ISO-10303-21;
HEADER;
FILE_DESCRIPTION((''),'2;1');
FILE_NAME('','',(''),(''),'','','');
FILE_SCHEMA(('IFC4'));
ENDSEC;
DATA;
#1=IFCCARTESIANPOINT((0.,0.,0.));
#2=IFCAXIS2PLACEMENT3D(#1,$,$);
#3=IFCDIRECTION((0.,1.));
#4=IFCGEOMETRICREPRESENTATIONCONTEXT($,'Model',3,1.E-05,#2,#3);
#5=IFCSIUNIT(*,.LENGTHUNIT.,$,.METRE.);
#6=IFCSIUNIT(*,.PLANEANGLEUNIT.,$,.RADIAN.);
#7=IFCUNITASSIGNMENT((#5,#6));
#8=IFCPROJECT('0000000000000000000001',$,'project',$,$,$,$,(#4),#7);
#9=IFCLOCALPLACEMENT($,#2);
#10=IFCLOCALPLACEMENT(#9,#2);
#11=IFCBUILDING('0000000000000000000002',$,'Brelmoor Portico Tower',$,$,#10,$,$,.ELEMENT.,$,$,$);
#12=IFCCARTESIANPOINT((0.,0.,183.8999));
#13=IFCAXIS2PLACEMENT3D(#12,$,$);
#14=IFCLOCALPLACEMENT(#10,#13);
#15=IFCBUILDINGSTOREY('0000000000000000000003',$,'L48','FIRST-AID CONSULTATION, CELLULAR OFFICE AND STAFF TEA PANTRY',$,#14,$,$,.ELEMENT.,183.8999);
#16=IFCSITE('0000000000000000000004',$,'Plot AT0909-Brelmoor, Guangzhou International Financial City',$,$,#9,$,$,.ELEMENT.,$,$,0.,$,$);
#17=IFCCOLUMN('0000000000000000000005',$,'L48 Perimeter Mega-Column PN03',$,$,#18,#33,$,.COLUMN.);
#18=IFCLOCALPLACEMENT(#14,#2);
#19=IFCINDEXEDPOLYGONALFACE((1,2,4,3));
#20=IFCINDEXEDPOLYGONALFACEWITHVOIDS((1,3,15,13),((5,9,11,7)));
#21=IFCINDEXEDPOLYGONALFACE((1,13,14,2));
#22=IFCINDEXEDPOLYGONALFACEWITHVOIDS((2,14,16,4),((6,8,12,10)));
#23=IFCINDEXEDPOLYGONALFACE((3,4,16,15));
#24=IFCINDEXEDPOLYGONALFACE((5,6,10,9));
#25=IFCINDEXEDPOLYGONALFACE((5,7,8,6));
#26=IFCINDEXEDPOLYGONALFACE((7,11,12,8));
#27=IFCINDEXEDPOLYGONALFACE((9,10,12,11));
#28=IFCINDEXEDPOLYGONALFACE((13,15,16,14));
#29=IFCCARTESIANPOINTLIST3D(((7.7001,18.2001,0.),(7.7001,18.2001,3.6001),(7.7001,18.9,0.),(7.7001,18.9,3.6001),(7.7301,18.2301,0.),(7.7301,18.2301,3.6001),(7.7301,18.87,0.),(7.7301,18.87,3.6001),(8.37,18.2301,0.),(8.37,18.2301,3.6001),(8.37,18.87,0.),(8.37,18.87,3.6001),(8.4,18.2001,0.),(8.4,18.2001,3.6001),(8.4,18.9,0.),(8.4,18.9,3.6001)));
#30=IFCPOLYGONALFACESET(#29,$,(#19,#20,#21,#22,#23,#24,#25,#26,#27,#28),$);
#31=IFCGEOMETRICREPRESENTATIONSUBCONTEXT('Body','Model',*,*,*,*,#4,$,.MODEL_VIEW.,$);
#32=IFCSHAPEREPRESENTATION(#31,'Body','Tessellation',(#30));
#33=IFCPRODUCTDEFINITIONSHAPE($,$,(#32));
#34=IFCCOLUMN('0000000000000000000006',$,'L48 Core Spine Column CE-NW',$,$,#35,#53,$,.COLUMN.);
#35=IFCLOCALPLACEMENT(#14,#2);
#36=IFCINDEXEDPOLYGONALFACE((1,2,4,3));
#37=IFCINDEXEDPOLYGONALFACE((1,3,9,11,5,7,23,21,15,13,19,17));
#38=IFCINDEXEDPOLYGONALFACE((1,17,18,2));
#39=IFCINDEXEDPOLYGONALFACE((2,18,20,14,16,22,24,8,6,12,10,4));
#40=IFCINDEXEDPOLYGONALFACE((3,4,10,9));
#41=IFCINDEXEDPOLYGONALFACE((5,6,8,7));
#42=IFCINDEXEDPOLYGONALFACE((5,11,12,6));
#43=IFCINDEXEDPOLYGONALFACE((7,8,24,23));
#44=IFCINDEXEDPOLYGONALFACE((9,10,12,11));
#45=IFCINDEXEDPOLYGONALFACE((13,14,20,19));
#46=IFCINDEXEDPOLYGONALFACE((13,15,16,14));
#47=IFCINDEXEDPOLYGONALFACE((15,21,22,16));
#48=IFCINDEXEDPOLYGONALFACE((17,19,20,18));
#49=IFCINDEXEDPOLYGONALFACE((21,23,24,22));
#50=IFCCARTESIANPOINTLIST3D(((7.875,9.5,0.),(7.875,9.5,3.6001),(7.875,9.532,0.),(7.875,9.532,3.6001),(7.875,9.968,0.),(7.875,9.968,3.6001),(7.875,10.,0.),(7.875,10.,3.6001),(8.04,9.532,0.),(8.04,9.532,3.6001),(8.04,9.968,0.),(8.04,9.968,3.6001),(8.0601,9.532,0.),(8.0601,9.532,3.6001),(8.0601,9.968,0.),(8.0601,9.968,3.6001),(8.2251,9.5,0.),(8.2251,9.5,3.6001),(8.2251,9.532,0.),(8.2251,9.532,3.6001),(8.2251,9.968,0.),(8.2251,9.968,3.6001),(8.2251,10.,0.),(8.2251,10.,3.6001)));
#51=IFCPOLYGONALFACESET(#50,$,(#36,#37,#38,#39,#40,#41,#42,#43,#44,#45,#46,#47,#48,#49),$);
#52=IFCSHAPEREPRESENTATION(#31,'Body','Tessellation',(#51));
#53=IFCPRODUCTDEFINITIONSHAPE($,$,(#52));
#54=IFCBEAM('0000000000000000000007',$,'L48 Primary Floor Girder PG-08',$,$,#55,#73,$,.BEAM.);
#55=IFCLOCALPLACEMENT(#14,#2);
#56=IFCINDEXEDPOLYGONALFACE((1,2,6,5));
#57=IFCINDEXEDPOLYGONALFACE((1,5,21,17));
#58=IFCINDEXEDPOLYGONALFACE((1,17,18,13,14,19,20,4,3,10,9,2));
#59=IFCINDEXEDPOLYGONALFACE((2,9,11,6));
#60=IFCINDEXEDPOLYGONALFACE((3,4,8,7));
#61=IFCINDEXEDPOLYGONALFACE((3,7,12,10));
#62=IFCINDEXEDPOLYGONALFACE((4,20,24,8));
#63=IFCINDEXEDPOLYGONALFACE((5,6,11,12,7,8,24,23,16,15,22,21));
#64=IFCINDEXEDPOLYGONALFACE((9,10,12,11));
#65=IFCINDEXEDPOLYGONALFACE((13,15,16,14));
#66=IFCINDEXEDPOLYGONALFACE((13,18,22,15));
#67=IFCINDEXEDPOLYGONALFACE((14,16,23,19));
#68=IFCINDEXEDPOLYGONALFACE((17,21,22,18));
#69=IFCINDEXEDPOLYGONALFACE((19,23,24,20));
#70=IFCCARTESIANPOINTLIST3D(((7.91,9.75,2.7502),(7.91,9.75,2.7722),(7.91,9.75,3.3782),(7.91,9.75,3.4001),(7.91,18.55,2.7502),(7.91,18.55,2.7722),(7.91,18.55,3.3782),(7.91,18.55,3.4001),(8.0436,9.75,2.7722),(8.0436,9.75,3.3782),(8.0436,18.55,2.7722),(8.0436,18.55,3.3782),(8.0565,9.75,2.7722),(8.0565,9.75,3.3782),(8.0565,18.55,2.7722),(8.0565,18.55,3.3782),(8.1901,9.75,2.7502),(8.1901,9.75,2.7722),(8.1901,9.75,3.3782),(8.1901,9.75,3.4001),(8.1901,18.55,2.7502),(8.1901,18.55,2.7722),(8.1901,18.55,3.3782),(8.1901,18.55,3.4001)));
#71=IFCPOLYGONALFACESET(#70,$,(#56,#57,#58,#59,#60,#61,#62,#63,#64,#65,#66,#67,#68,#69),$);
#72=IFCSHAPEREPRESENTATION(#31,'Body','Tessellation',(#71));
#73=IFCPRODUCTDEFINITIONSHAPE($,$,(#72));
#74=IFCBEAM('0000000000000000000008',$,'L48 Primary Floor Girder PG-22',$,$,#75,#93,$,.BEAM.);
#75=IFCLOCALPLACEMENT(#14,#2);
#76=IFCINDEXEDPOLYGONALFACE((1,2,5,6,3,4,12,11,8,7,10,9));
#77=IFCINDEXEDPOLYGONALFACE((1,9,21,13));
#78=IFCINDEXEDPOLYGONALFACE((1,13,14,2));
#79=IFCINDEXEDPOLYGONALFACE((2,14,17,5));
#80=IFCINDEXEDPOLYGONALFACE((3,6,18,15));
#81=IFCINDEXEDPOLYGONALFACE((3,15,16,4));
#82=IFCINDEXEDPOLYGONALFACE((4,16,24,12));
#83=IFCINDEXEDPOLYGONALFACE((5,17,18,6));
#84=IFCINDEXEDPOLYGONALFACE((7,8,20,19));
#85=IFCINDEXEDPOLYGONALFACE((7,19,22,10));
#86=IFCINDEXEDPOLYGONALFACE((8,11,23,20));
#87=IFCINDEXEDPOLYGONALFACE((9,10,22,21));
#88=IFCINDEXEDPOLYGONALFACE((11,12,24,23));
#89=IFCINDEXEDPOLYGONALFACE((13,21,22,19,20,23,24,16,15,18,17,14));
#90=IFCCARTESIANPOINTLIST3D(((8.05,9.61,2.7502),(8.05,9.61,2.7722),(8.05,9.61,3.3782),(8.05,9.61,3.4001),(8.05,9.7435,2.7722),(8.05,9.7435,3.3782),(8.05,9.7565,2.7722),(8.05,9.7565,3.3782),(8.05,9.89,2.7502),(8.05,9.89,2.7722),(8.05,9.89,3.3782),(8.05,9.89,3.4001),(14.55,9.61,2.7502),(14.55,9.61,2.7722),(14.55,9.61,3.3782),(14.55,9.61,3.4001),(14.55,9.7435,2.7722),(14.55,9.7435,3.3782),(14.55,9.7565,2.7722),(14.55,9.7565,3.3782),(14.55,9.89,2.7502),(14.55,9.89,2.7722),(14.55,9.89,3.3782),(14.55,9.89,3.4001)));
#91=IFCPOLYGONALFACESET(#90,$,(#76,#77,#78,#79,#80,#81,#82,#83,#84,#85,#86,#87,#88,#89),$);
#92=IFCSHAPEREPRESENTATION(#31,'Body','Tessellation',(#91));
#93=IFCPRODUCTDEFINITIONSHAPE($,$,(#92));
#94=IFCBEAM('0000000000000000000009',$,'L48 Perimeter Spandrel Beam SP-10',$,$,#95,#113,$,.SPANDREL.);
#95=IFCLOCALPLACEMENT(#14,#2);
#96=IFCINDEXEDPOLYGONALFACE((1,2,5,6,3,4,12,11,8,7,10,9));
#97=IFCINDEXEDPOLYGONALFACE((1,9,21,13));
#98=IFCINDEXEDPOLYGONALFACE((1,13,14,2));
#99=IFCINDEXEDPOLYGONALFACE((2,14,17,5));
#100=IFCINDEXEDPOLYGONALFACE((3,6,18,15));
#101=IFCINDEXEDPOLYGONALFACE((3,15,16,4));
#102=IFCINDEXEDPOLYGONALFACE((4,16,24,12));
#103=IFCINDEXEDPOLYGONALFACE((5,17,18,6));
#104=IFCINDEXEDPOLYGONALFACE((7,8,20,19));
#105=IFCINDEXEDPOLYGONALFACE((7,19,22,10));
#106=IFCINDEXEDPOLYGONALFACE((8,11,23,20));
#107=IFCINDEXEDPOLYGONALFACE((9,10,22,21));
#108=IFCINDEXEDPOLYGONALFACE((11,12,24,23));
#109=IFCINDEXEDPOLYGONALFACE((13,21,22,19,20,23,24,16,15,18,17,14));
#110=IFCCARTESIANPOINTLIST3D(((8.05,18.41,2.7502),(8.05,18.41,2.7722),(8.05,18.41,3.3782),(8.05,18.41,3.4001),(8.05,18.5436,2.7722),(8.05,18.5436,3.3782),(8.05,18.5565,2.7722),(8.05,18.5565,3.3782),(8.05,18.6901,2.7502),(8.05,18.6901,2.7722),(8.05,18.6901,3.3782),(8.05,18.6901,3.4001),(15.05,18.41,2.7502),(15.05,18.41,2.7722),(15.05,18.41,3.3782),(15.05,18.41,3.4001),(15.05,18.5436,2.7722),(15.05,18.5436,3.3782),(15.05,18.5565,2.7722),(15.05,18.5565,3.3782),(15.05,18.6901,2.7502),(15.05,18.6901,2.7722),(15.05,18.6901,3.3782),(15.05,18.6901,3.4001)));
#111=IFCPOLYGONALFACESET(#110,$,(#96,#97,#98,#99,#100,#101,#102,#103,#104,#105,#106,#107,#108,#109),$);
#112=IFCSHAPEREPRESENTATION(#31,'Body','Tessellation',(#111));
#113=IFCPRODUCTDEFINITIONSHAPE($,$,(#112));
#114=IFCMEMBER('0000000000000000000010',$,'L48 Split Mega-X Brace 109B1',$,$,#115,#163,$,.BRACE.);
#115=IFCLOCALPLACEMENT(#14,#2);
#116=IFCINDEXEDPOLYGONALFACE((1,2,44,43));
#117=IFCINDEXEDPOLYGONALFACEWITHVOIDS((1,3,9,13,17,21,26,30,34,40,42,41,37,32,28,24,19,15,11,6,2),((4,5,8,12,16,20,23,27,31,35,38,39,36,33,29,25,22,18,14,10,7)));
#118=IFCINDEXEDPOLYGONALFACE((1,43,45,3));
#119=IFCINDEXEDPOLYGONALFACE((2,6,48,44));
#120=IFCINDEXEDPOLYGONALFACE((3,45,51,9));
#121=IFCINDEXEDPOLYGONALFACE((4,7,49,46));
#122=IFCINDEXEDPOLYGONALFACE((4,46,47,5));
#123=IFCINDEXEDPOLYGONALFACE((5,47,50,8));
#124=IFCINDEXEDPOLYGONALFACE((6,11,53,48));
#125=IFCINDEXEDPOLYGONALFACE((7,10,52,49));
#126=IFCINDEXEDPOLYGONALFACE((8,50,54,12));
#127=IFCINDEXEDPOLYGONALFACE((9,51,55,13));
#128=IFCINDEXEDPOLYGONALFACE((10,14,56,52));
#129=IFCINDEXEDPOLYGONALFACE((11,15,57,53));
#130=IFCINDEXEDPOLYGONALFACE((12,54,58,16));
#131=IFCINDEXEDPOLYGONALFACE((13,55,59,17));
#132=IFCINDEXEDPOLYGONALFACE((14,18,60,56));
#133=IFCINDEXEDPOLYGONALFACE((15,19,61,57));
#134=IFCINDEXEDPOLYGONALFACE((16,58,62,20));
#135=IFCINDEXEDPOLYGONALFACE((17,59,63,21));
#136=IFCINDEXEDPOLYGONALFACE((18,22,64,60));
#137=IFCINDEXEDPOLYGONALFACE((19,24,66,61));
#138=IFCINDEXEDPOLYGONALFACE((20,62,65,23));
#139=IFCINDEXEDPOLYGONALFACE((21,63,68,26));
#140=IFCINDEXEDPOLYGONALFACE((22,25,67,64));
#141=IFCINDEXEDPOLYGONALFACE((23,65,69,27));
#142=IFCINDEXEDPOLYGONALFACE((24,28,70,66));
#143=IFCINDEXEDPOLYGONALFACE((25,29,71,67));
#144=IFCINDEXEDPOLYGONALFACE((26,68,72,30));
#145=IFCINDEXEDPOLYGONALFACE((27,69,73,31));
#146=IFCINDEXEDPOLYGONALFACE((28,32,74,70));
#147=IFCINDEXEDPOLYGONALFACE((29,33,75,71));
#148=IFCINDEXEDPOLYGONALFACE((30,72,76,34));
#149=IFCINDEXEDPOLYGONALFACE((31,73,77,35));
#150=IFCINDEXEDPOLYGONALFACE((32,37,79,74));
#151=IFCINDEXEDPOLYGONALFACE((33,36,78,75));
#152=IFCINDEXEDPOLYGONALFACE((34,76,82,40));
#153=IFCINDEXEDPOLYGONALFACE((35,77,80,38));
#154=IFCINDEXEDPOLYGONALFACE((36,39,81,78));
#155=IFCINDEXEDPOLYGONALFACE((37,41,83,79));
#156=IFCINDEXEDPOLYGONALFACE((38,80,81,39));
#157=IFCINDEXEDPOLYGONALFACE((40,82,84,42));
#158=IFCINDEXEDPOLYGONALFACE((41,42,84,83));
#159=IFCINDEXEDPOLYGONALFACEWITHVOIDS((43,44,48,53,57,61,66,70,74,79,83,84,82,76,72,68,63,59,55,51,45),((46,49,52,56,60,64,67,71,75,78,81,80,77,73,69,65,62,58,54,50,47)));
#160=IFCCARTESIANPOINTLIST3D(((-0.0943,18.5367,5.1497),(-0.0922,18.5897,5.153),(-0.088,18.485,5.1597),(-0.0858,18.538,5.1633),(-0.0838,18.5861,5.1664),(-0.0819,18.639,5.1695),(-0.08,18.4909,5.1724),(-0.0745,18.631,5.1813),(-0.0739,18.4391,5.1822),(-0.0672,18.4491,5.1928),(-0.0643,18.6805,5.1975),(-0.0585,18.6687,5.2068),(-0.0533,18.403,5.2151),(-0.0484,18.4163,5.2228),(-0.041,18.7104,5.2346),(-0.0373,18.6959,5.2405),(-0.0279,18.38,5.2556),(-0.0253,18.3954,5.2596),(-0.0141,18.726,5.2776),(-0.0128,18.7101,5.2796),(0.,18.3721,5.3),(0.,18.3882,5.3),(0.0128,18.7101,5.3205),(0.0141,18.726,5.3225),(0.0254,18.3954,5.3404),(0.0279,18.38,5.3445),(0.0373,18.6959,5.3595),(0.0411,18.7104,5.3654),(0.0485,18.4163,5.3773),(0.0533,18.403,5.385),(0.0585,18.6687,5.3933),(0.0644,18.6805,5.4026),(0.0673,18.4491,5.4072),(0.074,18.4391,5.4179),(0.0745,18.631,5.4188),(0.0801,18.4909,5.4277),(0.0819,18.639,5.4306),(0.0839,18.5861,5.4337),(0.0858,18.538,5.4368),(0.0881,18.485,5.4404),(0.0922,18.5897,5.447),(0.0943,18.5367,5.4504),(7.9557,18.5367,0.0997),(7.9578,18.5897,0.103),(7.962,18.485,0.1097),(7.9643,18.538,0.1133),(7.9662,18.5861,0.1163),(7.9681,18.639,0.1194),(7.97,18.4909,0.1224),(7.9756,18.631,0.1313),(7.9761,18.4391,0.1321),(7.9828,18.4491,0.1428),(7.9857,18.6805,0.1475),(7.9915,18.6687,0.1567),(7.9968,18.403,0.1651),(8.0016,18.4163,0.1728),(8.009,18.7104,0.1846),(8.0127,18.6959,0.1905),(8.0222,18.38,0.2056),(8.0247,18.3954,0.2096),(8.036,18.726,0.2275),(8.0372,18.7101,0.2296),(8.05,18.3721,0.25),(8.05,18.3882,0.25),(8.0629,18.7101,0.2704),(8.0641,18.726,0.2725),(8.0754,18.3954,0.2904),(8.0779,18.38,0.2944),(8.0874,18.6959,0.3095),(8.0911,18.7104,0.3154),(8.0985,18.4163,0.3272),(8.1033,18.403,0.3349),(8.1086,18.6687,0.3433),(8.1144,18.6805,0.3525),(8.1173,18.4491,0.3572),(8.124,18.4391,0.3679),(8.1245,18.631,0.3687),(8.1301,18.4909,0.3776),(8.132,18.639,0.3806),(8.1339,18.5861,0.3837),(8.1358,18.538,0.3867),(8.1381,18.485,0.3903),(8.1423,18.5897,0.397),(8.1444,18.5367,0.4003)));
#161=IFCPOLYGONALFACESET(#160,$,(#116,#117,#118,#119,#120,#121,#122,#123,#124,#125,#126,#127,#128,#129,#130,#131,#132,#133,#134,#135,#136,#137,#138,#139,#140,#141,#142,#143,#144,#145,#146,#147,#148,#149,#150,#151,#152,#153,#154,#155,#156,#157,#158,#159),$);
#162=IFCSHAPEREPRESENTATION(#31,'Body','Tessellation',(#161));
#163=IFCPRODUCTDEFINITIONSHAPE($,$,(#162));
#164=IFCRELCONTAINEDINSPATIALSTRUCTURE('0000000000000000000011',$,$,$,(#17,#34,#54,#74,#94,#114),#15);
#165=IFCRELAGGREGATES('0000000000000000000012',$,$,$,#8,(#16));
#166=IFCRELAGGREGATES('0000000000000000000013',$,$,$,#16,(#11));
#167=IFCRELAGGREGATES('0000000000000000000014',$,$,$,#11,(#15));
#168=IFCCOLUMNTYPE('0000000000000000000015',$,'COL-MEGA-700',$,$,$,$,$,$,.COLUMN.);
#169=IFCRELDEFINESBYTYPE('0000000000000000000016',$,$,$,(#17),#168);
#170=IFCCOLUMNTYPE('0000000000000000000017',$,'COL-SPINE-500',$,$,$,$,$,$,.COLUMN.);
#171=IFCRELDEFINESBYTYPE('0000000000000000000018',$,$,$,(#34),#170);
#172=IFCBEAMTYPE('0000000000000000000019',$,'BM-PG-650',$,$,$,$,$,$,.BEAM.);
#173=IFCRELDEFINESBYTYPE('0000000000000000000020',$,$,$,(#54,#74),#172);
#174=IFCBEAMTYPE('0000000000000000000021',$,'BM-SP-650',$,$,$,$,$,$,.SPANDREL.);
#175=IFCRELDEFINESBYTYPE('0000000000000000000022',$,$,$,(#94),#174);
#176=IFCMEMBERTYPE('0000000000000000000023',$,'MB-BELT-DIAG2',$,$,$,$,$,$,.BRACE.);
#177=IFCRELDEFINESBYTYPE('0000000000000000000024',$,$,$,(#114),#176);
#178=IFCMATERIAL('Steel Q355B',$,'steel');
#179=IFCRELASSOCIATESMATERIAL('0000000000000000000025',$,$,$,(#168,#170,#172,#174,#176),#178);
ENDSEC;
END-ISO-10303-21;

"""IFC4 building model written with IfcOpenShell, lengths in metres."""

from ifc_helpers import new_model, si_unit, direction, frame, origin, origin_2d, place, context, subcontext, project, spatial, hollow_rectangle, hollow_circle, i_section, extrude, material, material_profile, profile_set, type_object, element, save


model = new_model("IFC4")

# Units and contexts
model_context = context("Model", 3, precision=1e-05, world=origin(), true_north=direction((0.0, 1.0)))
body_context = subcontext(model_context, "Body", "Model", "MODEL_VIEW")
ifc_project = project(units=[si_unit("LENGTHUNIT", "METRE"), si_unit("PLANEANGLEUNIT", "RADIAN")], contexts=[model_context])

# Site, building, storey
site_placement = place(None, origin())
site = spatial("IfcSite", under=ifc_project, at=site_placement, Name="Plot AT0909-Brelmoor, Guangzhou International Financial City", CompositionType="ELEMENT", RefElevation=0.0)
building_placement = place(site_placement, origin())
building = spatial("IfcBuilding", under=site, at=building_placement, Name="Brelmoor Portico Tower", CompositionType="ELEMENT")
storey_placement = place(building_placement, frame((0.0, 0.0, 183.8999)))
storey = spatial("IfcBuildingStorey", under=building, at=storey_placement, Name="L48", Description="FIRST-AID CONSULTATION, CELLULAR OFFICE AND STAFF TEA PANTRY", CompositionType="ELEMENT", Elevation=183.8999)

# Columns
ifc_material_1 = material(Name="Steel Q355B", Category="steel")
ifc_material_profile_1 = material_profile(ifc_material_1, hollow_rectangle(XDim=0.7, YDim=0.7, WallThickness=0.03, at=origin_2d()), Name="BOX 700x700x30")
ifc_profile_set_1 = profile_set([ifc_material_profile_1], Name="Steel Q355B")
column_type_1 = type_object("IfcColumnType", Name="COL-MEGA-700", PredefinedType="COLUMN", material=ifc_profile_set_1)
column_1_placement = place(storey_placement, frame((8.05, 18.55, 0.0), z_axis=(0.0, 0.0, 1.0), x_axis=(1.0, 0.0, 0.0)))
element("IfcColumn", 1, at=column_1_placement, inside=storey, type_object=column_type_1, Name="L48 Perimeter Mega-Column PN03", PredefinedType="COLUMN", context=body_context, shape_type="SweptSolid", body=[
    extrude(hollow_rectangle(XDim=0.7, YDim=0.7, WallThickness=0.03, at=origin_2d()), origin(), (0.0, 0.0, 1.0), 3.6001),
])
ifc_material_profile_2 = material_profile(ifc_material_1, i_section(OverallWidth=0.3501, OverallDepth=0.5, WebThickness=0.02, FlangeThickness=0.032, at=origin_2d()), Name="HW 500x350x20x32")
ifc_profile_set_2 = profile_set([ifc_material_profile_2], Name="Steel Q355B")
column_type_2 = type_object("IfcColumnType", Name="COL-SPINE-500", PredefinedType="COLUMN", material=ifc_profile_set_2)
column_2_placement = place(storey_placement, frame((8.05, 9.75, 0.0), z_axis=(0.0, 0.0, 1.0), x_axis=(1.0, 0.0, 0.0)))
element("IfcColumn", 2, at=column_2_placement, inside=storey, type_object=column_type_2, Name="L48 Core Spine Column CE-NW", PredefinedType="COLUMN", context=body_context, shape_type="SweptSolid", body=[
    extrude(i_section(OverallWidth=0.3501, OverallDepth=0.5, WebThickness=0.02, FlangeThickness=0.032, at=origin_2d()), origin(), (0.0, 0.0, 1.0), 3.6001),
])

# Beams
ifc_material_profile_3 = material_profile(ifc_material_1, i_section(OverallWidth=0.28, OverallDepth=0.6499, WebThickness=0.0129, FlangeThickness=0.022, at=origin_2d()), Name="HN 650x280x13x22")
ifc_profile_set_3 = profile_set([ifc_material_profile_3], Name="Steel Q355B")
beam_type_1 = type_object("IfcBeamType", Name="BM-PG-650", PredefinedType="BEAM", material=ifc_profile_set_3)
beam_1_placement = place(storey_placement, frame((8.05, 9.75, 3.0752), z_axis=(0.0, 1.0, 0.0), x_axis=(-1.0, 0.0, 0.0)))
element("IfcBeam", 3, at=beam_1_placement, inside=storey, type_object=beam_type_1, Name="L48 Primary Floor Girder PG-08", PredefinedType="BEAM", context=body_context, shape_type="SweptSolid", body=[
    extrude(i_section(OverallWidth=0.28, OverallDepth=0.6499, WebThickness=0.0129, FlangeThickness=0.022, at=origin_2d()), origin(), (0.0, 0.0, 1.0), 8.8),
])
beam_2_placement = place(storey_placement, frame((8.05, 9.75, 3.0752), z_axis=(1.0, 0.0, 0.0), x_axis=(0.0, 1.0, 0.0)))
element("IfcBeam", 4, at=beam_2_placement, inside=storey, type_object=beam_type_1, Name="L48 Primary Floor Girder PG-22", PredefinedType="BEAM", context=body_context, shape_type="SweptSolid", body=[
    extrude(i_section(OverallWidth=0.28, OverallDepth=0.6499, WebThickness=0.0129, FlangeThickness=0.022, at=origin_2d()), origin(), (0.0, 0.0, 1.0), 6.5),
])
ifc_material_profile_4 = material_profile(ifc_material_1, i_section(OverallWidth=0.28, OverallDepth=0.6499, WebThickness=0.0129, FlangeThickness=0.022, at=origin_2d()), Name="HN 650x280x13x22")
ifc_profile_set_4 = profile_set([ifc_material_profile_4], Name="Steel Q355B")
beam_type_2 = type_object("IfcBeamType", Name="BM-SP-650", PredefinedType="SPANDREL", material=ifc_profile_set_4)
beam_3_placement = place(storey_placement, frame((8.05, 18.55, 3.0752), z_axis=(1.0, 0.0, 0.0), x_axis=(0.0, 1.0, 0.0)))
element("IfcBeam", 5, at=beam_3_placement, inside=storey, type_object=beam_type_2, Name="L48 Perimeter Spandrel Beam SP-10", PredefinedType="SPANDREL", context=body_context, shape_type="SweptSolid", body=[
    extrude(i_section(OverallWidth=0.28, OverallDepth=0.6499, WebThickness=0.0129, FlangeThickness=0.022, at=origin_2d()), origin(), (0.0, 0.0, 1.0), 7.0),
])

# Member
ifc_material_profile_5 = material_profile(ifc_material_1, hollow_circle(Radius=0.178, WallThickness=0.0161, at=origin_2d()), Name="CHS 356x16")
ifc_profile_set_5 = profile_set([ifc_material_profile_5], Name="Steel Q355B")
member_type_1 = type_object("IfcMemberType", Name="MB-BELT-DIAG2", PredefinedType="BRACE", material=ifc_profile_set_5)
member_1_placement = place(storey_placement, frame((8.05, 18.55, 0.25), z_axis=(-0.847109, 0.0, 0.531418), x_axis=(0.0, -1.0, 0.0)))
element("IfcMember", 6, at=member_1_placement, inside=storey, type_object=member_type_1, Name="L48 Split Mega-X Brace 109B1", PredefinedType="BRACE", context=body_context, shape_type="SweptSolid", body=[
    extrude(hollow_circle(Radius=0.178, WallThickness=0.0161, at=origin_2d()), origin(), (0.0, 0.0, 1.0), 9.5029),
])

save(model, "model.ifc")
